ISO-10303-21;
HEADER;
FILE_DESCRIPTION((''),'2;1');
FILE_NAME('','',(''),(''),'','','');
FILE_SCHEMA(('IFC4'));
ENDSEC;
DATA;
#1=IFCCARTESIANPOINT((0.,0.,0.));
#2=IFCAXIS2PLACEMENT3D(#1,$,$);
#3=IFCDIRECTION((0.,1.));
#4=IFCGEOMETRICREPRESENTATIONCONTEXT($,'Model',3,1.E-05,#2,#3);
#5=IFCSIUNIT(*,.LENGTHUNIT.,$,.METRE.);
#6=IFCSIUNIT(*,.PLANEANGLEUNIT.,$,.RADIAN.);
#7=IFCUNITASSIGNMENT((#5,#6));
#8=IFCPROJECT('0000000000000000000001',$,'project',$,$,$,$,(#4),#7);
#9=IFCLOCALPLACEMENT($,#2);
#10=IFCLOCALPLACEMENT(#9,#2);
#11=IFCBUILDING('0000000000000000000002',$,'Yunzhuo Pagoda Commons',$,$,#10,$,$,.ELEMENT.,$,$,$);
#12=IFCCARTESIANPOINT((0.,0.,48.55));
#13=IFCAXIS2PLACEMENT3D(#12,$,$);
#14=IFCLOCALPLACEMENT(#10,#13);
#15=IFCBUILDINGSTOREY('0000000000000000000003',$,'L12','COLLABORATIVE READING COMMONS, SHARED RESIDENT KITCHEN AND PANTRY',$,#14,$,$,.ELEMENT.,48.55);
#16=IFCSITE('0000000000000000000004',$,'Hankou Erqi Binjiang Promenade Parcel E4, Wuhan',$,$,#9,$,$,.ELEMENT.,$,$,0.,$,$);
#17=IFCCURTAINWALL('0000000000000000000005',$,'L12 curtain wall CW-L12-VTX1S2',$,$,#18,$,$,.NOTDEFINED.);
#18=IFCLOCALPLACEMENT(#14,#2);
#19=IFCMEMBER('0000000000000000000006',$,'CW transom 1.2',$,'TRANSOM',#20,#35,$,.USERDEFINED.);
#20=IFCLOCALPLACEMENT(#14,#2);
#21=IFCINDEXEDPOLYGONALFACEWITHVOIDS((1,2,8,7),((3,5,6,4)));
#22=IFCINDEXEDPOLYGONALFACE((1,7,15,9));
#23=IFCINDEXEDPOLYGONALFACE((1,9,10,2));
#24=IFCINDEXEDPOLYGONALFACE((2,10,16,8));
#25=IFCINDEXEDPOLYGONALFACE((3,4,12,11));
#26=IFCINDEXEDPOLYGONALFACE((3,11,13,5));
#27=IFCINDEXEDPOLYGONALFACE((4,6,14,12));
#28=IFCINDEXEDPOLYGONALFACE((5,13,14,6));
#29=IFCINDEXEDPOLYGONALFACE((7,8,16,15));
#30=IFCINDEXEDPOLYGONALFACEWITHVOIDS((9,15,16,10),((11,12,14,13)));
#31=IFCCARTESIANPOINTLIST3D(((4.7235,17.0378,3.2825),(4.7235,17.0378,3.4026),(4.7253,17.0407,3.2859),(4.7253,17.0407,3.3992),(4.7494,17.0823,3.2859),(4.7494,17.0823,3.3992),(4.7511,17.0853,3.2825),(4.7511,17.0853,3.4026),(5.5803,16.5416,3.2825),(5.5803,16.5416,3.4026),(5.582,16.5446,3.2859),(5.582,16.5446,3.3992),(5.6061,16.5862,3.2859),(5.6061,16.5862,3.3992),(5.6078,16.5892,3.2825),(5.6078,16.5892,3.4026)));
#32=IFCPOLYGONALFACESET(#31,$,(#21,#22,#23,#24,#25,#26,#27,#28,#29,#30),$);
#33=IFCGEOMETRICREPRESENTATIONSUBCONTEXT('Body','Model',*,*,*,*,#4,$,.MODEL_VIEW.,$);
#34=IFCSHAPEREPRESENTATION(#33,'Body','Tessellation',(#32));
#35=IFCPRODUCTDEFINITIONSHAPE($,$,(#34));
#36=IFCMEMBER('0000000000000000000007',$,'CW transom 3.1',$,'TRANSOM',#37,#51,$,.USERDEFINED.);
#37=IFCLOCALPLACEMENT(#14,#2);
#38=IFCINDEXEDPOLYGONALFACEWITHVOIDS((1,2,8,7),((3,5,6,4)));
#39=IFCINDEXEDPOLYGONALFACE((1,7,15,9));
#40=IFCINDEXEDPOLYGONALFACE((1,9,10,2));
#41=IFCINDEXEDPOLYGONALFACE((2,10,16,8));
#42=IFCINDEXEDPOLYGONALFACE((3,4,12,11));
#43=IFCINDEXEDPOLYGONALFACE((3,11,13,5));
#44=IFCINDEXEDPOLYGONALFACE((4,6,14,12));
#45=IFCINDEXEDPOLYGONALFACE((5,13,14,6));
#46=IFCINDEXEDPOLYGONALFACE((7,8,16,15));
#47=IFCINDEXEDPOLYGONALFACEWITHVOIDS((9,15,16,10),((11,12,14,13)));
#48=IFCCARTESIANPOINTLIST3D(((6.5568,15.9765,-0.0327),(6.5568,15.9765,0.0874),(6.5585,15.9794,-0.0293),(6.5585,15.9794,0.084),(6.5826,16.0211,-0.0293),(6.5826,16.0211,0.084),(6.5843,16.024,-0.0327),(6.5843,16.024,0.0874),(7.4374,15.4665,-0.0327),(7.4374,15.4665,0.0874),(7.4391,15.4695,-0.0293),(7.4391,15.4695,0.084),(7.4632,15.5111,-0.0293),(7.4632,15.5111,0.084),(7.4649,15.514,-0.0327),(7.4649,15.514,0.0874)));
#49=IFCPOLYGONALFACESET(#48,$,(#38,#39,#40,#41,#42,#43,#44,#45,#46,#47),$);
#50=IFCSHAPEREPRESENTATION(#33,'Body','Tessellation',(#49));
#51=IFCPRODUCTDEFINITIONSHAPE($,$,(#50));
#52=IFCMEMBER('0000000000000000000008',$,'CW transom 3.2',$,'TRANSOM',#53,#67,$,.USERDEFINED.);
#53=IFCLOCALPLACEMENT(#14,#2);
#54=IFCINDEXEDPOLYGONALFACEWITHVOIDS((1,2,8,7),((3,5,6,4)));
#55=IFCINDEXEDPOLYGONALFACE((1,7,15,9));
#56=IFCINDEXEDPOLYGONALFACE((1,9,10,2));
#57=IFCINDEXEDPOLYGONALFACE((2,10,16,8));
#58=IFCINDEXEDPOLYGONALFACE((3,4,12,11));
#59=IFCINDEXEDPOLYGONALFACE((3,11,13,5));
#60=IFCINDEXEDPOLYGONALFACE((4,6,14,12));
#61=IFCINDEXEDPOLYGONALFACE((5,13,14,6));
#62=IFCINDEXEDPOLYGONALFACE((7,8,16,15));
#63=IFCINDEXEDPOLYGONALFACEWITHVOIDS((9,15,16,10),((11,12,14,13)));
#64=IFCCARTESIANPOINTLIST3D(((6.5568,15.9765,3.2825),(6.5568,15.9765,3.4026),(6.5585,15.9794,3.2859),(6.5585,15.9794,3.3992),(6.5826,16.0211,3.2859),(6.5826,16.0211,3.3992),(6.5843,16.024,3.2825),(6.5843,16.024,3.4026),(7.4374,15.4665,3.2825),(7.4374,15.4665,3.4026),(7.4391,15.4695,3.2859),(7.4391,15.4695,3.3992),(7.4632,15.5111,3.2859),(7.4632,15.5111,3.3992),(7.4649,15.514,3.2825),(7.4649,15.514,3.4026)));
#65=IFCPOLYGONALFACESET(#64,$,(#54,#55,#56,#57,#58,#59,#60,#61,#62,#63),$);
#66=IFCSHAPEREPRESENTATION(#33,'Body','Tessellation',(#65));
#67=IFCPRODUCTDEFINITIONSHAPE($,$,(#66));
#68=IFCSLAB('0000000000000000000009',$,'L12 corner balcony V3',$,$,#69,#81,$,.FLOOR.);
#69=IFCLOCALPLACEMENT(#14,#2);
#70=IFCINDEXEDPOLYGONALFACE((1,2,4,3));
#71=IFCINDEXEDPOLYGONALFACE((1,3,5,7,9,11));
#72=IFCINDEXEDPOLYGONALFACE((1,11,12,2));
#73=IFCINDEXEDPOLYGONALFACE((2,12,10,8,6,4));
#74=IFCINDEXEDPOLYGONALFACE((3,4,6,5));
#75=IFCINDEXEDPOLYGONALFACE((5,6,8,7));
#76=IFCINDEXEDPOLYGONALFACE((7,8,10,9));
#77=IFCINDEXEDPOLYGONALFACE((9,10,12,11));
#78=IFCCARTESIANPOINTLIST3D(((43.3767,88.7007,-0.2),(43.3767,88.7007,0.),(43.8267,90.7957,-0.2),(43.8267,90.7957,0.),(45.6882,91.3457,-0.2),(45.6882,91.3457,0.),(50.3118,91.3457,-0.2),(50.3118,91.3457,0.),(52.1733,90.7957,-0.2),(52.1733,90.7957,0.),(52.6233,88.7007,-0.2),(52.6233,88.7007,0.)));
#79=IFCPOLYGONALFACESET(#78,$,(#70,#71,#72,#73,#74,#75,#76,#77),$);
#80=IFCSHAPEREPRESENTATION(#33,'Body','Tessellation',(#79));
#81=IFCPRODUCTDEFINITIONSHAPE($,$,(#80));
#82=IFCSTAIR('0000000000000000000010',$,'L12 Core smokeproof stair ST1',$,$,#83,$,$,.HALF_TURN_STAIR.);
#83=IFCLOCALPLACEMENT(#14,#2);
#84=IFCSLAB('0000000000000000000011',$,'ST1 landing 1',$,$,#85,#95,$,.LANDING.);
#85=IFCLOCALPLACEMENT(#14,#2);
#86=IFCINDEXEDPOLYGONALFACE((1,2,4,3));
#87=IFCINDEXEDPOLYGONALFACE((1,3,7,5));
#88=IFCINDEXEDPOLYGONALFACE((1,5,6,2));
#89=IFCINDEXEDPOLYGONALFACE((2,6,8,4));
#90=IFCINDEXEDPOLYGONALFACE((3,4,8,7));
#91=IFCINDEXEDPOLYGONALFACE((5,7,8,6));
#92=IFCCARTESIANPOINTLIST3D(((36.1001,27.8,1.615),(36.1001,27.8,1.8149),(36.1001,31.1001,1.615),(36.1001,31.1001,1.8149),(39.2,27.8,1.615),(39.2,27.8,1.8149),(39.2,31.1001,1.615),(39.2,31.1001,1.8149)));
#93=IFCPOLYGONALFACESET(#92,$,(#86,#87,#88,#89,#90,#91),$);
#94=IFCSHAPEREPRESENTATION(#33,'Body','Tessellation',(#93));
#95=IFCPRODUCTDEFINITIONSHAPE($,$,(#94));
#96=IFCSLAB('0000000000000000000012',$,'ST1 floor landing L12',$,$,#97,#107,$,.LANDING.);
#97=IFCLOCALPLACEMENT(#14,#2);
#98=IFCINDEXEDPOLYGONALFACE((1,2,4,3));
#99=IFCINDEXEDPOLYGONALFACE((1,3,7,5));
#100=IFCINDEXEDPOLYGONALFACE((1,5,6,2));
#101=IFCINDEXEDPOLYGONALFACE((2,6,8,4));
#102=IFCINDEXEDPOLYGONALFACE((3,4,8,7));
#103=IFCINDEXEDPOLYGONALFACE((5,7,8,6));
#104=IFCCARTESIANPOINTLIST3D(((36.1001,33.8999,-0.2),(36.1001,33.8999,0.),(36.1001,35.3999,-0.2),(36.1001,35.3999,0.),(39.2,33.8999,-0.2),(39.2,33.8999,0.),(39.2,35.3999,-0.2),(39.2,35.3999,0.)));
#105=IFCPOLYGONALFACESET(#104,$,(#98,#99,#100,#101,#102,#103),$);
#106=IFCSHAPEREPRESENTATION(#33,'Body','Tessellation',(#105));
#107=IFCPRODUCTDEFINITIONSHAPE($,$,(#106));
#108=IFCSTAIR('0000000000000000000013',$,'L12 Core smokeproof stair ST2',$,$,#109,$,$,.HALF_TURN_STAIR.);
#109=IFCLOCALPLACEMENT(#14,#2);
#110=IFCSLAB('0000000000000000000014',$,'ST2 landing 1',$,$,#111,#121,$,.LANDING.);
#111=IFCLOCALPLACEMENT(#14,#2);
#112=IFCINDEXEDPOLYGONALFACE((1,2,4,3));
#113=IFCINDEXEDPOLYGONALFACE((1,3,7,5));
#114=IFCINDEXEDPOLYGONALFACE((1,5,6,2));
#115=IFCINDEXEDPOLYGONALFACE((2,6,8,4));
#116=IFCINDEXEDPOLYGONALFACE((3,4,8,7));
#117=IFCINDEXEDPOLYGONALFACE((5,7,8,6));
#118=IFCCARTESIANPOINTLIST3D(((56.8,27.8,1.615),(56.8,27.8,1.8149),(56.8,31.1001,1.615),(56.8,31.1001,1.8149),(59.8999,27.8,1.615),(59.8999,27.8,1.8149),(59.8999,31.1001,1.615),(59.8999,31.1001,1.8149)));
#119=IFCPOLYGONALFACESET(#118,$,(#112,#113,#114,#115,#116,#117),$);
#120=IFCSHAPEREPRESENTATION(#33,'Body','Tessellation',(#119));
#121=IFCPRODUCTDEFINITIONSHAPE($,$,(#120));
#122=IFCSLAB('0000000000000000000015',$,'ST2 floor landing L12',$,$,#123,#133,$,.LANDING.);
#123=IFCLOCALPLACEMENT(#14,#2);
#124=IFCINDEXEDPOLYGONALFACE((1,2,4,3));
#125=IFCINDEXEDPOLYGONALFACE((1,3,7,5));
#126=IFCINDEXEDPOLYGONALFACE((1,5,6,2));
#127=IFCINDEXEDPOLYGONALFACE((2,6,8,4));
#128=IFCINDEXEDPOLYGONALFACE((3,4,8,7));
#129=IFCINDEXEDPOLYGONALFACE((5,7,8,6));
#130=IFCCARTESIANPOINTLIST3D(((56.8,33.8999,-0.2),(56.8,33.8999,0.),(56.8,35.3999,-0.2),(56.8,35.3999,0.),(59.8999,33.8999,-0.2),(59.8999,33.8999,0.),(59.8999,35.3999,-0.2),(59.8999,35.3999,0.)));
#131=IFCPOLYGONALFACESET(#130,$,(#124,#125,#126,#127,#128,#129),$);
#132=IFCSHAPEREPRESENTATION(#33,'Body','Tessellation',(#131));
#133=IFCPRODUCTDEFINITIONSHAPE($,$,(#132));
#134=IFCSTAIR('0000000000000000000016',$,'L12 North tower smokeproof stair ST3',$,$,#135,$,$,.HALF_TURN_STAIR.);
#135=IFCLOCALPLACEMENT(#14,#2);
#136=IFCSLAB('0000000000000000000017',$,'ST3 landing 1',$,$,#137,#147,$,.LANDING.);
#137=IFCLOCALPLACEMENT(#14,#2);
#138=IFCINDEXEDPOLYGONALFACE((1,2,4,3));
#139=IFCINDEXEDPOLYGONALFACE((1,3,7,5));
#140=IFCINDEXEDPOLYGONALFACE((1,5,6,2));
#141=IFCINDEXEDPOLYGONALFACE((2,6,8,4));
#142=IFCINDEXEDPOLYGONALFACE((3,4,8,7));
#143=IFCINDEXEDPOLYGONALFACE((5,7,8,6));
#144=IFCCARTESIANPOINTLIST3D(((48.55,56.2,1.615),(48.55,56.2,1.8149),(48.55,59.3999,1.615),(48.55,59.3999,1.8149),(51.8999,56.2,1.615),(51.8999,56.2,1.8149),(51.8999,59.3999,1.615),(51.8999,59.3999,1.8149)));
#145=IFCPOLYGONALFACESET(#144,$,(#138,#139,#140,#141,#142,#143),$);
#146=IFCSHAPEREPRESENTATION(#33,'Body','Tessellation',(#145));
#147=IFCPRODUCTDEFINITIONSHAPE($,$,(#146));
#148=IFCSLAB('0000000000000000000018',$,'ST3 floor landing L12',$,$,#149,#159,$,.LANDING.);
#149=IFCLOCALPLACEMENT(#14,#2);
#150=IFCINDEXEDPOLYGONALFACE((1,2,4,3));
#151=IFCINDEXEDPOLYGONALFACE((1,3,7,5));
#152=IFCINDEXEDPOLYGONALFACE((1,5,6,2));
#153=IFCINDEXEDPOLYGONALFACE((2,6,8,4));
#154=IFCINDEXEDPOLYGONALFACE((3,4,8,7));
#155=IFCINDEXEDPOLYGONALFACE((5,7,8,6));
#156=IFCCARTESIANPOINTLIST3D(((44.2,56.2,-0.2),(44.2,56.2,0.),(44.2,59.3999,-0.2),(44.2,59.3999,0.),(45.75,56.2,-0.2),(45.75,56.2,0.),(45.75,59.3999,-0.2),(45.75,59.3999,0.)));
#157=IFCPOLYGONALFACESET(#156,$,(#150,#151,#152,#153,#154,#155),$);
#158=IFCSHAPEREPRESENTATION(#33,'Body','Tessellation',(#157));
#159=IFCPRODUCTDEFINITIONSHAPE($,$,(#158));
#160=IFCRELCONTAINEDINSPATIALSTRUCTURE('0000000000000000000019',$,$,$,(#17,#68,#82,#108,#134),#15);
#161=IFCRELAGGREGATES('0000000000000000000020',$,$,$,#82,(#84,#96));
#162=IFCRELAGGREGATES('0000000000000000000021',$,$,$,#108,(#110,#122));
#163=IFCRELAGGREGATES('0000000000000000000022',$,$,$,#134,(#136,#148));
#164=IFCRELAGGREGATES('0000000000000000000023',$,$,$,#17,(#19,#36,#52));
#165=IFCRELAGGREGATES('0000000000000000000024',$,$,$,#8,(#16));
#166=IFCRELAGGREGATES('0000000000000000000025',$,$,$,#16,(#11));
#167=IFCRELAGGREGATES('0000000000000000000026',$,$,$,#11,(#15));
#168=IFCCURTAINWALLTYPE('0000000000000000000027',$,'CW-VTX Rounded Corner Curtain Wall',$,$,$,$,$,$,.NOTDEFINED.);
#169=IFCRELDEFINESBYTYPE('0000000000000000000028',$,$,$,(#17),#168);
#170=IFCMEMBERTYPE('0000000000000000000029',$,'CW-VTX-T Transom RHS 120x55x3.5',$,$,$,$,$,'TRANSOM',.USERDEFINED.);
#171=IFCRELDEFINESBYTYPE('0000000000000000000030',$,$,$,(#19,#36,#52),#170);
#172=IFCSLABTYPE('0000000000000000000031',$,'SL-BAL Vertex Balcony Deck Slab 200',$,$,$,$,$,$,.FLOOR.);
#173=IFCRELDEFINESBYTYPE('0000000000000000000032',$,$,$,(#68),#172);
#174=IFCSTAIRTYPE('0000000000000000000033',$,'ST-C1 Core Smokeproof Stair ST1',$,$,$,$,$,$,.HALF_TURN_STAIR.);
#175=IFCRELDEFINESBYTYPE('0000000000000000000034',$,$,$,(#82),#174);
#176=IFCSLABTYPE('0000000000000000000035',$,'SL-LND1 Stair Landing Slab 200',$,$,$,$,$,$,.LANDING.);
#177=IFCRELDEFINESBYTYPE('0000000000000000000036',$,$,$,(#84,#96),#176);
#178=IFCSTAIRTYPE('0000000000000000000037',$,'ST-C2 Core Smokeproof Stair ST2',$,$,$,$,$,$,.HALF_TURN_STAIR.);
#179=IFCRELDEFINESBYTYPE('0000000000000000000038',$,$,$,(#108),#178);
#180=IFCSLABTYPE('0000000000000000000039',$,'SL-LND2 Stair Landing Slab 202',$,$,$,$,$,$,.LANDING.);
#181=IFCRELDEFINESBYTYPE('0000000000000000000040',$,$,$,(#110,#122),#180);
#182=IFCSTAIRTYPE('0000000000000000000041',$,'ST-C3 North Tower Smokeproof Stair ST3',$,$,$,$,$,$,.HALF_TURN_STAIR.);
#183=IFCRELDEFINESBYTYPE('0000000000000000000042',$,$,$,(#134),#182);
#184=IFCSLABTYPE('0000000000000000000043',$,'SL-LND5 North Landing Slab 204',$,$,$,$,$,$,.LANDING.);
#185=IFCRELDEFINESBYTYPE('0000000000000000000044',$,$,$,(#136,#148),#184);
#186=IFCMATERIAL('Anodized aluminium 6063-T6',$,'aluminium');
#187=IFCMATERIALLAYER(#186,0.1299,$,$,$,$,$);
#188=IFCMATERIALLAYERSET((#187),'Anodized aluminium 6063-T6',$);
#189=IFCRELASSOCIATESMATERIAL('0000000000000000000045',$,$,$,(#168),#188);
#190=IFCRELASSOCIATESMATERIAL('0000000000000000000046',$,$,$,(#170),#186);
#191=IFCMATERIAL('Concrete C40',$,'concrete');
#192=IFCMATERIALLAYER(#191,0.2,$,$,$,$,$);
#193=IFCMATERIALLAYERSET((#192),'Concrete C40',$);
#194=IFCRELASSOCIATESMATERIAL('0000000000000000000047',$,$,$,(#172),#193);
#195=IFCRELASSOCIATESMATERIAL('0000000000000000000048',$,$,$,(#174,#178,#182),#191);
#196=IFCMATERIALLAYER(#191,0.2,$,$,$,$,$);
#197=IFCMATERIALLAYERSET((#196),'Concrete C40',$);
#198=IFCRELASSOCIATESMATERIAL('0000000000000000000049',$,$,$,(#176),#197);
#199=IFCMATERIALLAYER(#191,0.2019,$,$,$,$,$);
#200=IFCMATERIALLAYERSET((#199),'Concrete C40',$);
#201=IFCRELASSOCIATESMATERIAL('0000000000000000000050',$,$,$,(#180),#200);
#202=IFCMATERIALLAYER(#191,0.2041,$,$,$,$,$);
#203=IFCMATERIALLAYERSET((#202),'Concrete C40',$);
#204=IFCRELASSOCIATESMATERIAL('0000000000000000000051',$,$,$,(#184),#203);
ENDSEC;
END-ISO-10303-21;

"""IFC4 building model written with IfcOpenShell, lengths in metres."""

from ifc_helpers import new_model, si_unit, direction, frame, origin, origin_2d, place, context, subcontext, project, spatial, polyline, hollow_rectangle, outline, extrude, source, transform, mapped, material, layer, layer_set, material_profile, profile_set, type_object, element, aggregate, save


model = new_model("IFC4")

# Units and contexts
model_context = context("Model", 3, precision=1e-05, world=origin(), true_north=direction((0.0, 1.0)))
body_context = subcontext(model_context, "Body", "Model", "MODEL_VIEW")
ifc_project = project(units=[si_unit("LENGTHUNIT", "METRE"), si_unit("PLANEANGLEUNIT", "RADIAN")], contexts=[model_context])

# Site, building, storey
site_placement = place(None, origin())
site = spatial("IfcSite", under=ifc_project, at=site_placement, Name="Hankou Erqi Binjiang Promenade Parcel E4, Wuhan", CompositionType="ELEMENT", RefElevation=0.0)
building_placement = place(site_placement, origin())
building = spatial("IfcBuilding", under=site, at=building_placement, Name="Yunzhuo Pagoda Commons", CompositionType="ELEMENT")
storey_placement = place(building_placement, frame((0.0, 0.0, 48.55)))
storey = spatial("IfcBuildingStorey", under=building, at=storey_placement, Name="L12", Description="COLLABORATIVE READING COMMONS, SHARED RESIDENT KITCHEN AND PANTRY", CompositionType="ELEMENT", Elevation=48.55)

# Curtain wall
ifc_material_1 = material(Name="Anodized aluminium 6063-T6", Category="aluminium")
ifc_layer_1 = layer(ifc_material_1, 0.1299)
ifc_layer_set_1 = layer_set([ifc_layer_1], Name="Anodized aluminium 6063-T6")
curtain_wall_type = type_object("IfcCurtainWallType", Name="CW-VTX Rounded Corner Curtain Wall", PredefinedType="NOTDEFINED", material=ifc_layer_set_1)
curtain_wall_1_placement = place(storey_placement, origin())
curtain_wall_1 = element("IfcCurtainWall", 1, at=curtain_wall_1_placement, inside=storey, type_object=curtain_wall_type, Name="L12 curtain wall CW-L12-VTX1S2", PredefinedType="NOTDEFINED")
ifc_material_profile_1 = material_profile(ifc_material_1, hollow_rectangle(XDim=0.0549, YDim=0.1201, WallThickness=0.0034, at=origin_2d()), Name="Anodized aluminium 6063-T6")
ifc_profile_set_1 = profile_set([ifc_material_profile_1], Name="Anodized aluminium 6063-T6")
member_type_1 = type_object("IfcMemberType", Name="CW-VTX-T Transom RHS 120x55x3.5", ElementType="TRANSOM", PredefinedType="USERDEFINED", material=ifc_profile_set_1)

# Members
shared_shape_1 = source(origin(), body_context, "Body", "SweptSolid", [
    extrude(hollow_rectangle(XDim=0.0549, YDim=0.1201, WallThickness=0.0034, at=origin_2d()), origin(), (0.0, 0.0, 1.0), 0.99),
])
member_1_placement = place(storey_placement, frame((4.7373, 17.0615, 3.3425), z_axis=(0.865376, -0.501124, 0.0), x_axis=(0.501124, 0.865376, 0.0)))
member_1 = element("IfcMember", 2, at=member_1_placement, type_object=member_type_1, Name="CW transom 1.2", ObjectType="TRANSOM", PredefinedType="USERDEFINED", context=body_context, shape_type="MappedRepresentation", body=[
    mapped(shared_shape_1, transform((0.0, 0.0, 0.0), scale=1.0)),
])
shared_shape_2 = source(origin(), body_context, "Body", "SweptSolid", [
    extrude(hollow_rectangle(XDim=0.0549, YDim=0.1201, WallThickness=0.0034, at=origin_2d()), origin(), (0.0, 0.0, 1.0), 1.0176),
])
member_2_placement = place(storey_placement, frame((6.5706, 16.0002, 0.0273), z_axis=(0.86535, -0.501169, 0.0), x_axis=(0.501169, 0.86535, 0.0)))
member_2 = element("IfcMember", 3, at=member_2_placement, type_object=member_type_1, Name="CW transom 3.1", ObjectType="TRANSOM", PredefinedType="USERDEFINED", context=body_context, shape_type="MappedRepresentation", body=[
    mapped(shared_shape_2, transform((0.0, 0.0, 0.0), scale=1.0)),
])
member_3_placement = place(storey_placement, frame((6.5706, 16.0002, 3.3425), z_axis=(0.86535, -0.501169, 0.0), x_axis=(0.501169, 0.86535, 0.0)))
member_3 = element("IfcMember", 4, at=member_3_placement, type_object=member_type_1, Name="CW transom 3.2", ObjectType="TRANSOM", PredefinedType="USERDEFINED", context=body_context, shape_type="MappedRepresentation", body=[
    mapped(shared_shape_2, transform((0.0, 0.0, 0.0), scale=1.0)),
])

# Slab
ifc_material_2 = material(Name="Concrete C40", Category="concrete")
ifc_layer_2 = layer(ifc_material_2, 0.2)
ifc_layer_set_2 = layer_set([ifc_layer_2], Name="Concrete C40")
slab_type_1 = type_object("IfcSlabType", Name="SL-BAL Vertex Balcony Deck Slab 200", PredefinedType="FLOOR", material=ifc_layer_set_2)
slab_1_placement = place(storey_placement, frame((0.0, 0.0, -0.2)))
element("IfcSlab", 5, at=slab_1_placement, inside=storey, type_object=slab_type_1, Name="L12 corner balcony V3", PredefinedType="FLOOR", context=body_context, shape_type="SweptSolid", body=[
    extrude(outline(polyline([(52.6233, 88.7007), (43.3767, 88.7007), (43.8267, 90.7957), (45.6882, 91.3457), (50.3118, 91.3457), (52.1733, 90.7957), (52.6233, 88.7007)])), origin(), (0.0, 0.0, 1.0), 0.2),
])

# Stairs, slabs
stair_type_1 = type_object("IfcStairType", Name="ST-C1 Core Smokeproof Stair ST1", PredefinedType="HALF_TURN_STAIR", material=ifc_material_2)
stair_1_placement = place(storey_placement, origin())
stair_1 = element("IfcStair", 6, at=stair_1_placement, inside=storey, type_object=stair_type_1, Name="L12 Core smokeproof stair ST1", PredefinedType="HALF_TURN_STAIR")
ifc_layer_3 = layer(ifc_material_2, 0.2)
ifc_layer_set_3 = layer_set([ifc_layer_3], Name="Concrete C40")
slab_type_2 = type_object("IfcSlabType", Name="SL-LND1 Stair Landing Slab 200", PredefinedType="LANDING", material=ifc_layer_set_3)
slab_2_placement = place(storey_placement, frame((0.0, 0.0, 1.615)))
slab_2 = element("IfcSlab", 7, at=slab_2_placement, type_object=slab_type_2, Name="ST1 landing 1", PredefinedType="LANDING", context=body_context, shape_type="SweptSolid", body=[
    extrude(outline(polyline([(36.1001, 31.1001), (36.1001, 27.8), (39.2, 27.8), (39.2, 31.1001), (36.1001, 31.1001)])), origin(), (0.0, 0.0, 1.0), 0.2),
])
slab_3_placement = place(storey_placement, frame((0.0, 0.0, -0.2)))
slab_3 = element("IfcSlab", 8, at=slab_3_placement, type_object=slab_type_2, Name="ST1 floor landing L12", PredefinedType="LANDING", context=body_context, shape_type="SweptSolid", body=[
    extrude(outline(polyline([(36.1001, 35.3999), (36.1001, 33.8999), (39.2, 33.8999), (39.2, 35.3999), (36.1001, 35.3999)])), origin(), (0.0, 0.0, 1.0), 0.2),
])
aggregate(stair_1, [slab_2, slab_3])
stair_type_2 = type_object("IfcStairType", Name="ST-C2 Core Smokeproof Stair ST2", PredefinedType="HALF_TURN_STAIR", material=ifc_material_2)
stair_2_placement = place(storey_placement, origin())
stair_2 = element("IfcStair", 9, at=stair_2_placement, inside=storey, type_object=stair_type_2, Name="L12 Core smokeproof stair ST2", PredefinedType="HALF_TURN_STAIR")
ifc_layer_4 = layer(ifc_material_2, 0.2019)
ifc_layer_set_4 = layer_set([ifc_layer_4], Name="Concrete C40")
slab_type_3 = type_object("IfcSlabType", Name="SL-LND2 Stair Landing Slab 202", PredefinedType="LANDING", material=ifc_layer_set_4)
slab_4_placement = place(storey_placement, frame((0.0, 0.0, 1.615)))
slab_4 = element("IfcSlab", 10, at=slab_4_placement, type_object=slab_type_3, Name="ST2 landing 1", PredefinedType="LANDING", context=body_context, shape_type="SweptSolid", body=[
    extrude(outline(polyline([(56.8, 31.1001), (56.8, 27.8), (59.8999, 27.8), (59.8999, 31.1001), (56.8, 31.1001)])), origin(), (0.0, 0.0, 1.0), 0.2),
])
slab_5_placement = place(storey_placement, frame((0.0, 0.0, -0.2)))
slab_5 = element("IfcSlab", 11, at=slab_5_placement, type_object=slab_type_3, Name="ST2 floor landing L12", PredefinedType="LANDING", context=body_context, shape_type="SweptSolid", body=[
    extrude(outline(polyline([(56.8, 35.3999), (56.8, 33.8999), (59.8999, 33.8999), (59.8999, 35.3999), (56.8, 35.3999)])), origin(), (0.0, 0.0, 1.0), 0.2),
])
aggregate(stair_2, [slab_4, slab_5])
stair_type_3 = type_object("IfcStairType", Name="ST-C3 North Tower Smokeproof Stair ST3", PredefinedType="HALF_TURN_STAIR", material=ifc_material_2)
stair_3_placement = place(storey_placement, origin())
stair_3 = element("IfcStair", 12, at=stair_3_placement, inside=storey, type_object=stair_type_3, Name="L12 North tower smokeproof stair ST3", PredefinedType="HALF_TURN_STAIR")
ifc_layer_5 = layer(ifc_material_2, 0.2041)
ifc_layer_set_5 = layer_set([ifc_layer_5], Name="Concrete C40")
slab_type_4 = type_object("IfcSlabType", Name="SL-LND5 North Landing Slab 204", PredefinedType="LANDING", material=ifc_layer_set_5)
slab_6_placement = place(storey_placement, frame((0.0, 0.0, 1.615)))
slab_6 = element("IfcSlab", 13, at=slab_6_placement, type_object=slab_type_4, Name="ST3 landing 1", PredefinedType="LANDING", context=body_context, shape_type="SweptSolid", body=[
    extrude(outline(polyline([(48.55, 56.2), (51.8999, 56.2), (51.8999, 59.3999), (48.55, 59.3999), (48.55, 56.2)])), origin(), (0.0, 0.0, 1.0), 0.2),
])
slab_7_placement = place(storey_placement, frame((0.0, 0.0, -0.2)))
slab_7 = element("IfcSlab", 14, at=slab_7_placement, type_object=slab_type_4, Name="ST3 floor landing L12", PredefinedType="LANDING", context=body_context, shape_type="SweptSolid", body=[
    extrude(outline(polyline([(44.2, 56.2), (45.75, 56.2), (45.75, 59.3999), (44.2, 59.3999), (44.2, 56.2)])), origin(), (0.0, 0.0, 1.0), 0.2),
])
aggregate(stair_3, [slab_6, slab_7])

aggregate(curtain_wall_1, [member_1, member_2, member_3])

save(model, "model.ifc")
